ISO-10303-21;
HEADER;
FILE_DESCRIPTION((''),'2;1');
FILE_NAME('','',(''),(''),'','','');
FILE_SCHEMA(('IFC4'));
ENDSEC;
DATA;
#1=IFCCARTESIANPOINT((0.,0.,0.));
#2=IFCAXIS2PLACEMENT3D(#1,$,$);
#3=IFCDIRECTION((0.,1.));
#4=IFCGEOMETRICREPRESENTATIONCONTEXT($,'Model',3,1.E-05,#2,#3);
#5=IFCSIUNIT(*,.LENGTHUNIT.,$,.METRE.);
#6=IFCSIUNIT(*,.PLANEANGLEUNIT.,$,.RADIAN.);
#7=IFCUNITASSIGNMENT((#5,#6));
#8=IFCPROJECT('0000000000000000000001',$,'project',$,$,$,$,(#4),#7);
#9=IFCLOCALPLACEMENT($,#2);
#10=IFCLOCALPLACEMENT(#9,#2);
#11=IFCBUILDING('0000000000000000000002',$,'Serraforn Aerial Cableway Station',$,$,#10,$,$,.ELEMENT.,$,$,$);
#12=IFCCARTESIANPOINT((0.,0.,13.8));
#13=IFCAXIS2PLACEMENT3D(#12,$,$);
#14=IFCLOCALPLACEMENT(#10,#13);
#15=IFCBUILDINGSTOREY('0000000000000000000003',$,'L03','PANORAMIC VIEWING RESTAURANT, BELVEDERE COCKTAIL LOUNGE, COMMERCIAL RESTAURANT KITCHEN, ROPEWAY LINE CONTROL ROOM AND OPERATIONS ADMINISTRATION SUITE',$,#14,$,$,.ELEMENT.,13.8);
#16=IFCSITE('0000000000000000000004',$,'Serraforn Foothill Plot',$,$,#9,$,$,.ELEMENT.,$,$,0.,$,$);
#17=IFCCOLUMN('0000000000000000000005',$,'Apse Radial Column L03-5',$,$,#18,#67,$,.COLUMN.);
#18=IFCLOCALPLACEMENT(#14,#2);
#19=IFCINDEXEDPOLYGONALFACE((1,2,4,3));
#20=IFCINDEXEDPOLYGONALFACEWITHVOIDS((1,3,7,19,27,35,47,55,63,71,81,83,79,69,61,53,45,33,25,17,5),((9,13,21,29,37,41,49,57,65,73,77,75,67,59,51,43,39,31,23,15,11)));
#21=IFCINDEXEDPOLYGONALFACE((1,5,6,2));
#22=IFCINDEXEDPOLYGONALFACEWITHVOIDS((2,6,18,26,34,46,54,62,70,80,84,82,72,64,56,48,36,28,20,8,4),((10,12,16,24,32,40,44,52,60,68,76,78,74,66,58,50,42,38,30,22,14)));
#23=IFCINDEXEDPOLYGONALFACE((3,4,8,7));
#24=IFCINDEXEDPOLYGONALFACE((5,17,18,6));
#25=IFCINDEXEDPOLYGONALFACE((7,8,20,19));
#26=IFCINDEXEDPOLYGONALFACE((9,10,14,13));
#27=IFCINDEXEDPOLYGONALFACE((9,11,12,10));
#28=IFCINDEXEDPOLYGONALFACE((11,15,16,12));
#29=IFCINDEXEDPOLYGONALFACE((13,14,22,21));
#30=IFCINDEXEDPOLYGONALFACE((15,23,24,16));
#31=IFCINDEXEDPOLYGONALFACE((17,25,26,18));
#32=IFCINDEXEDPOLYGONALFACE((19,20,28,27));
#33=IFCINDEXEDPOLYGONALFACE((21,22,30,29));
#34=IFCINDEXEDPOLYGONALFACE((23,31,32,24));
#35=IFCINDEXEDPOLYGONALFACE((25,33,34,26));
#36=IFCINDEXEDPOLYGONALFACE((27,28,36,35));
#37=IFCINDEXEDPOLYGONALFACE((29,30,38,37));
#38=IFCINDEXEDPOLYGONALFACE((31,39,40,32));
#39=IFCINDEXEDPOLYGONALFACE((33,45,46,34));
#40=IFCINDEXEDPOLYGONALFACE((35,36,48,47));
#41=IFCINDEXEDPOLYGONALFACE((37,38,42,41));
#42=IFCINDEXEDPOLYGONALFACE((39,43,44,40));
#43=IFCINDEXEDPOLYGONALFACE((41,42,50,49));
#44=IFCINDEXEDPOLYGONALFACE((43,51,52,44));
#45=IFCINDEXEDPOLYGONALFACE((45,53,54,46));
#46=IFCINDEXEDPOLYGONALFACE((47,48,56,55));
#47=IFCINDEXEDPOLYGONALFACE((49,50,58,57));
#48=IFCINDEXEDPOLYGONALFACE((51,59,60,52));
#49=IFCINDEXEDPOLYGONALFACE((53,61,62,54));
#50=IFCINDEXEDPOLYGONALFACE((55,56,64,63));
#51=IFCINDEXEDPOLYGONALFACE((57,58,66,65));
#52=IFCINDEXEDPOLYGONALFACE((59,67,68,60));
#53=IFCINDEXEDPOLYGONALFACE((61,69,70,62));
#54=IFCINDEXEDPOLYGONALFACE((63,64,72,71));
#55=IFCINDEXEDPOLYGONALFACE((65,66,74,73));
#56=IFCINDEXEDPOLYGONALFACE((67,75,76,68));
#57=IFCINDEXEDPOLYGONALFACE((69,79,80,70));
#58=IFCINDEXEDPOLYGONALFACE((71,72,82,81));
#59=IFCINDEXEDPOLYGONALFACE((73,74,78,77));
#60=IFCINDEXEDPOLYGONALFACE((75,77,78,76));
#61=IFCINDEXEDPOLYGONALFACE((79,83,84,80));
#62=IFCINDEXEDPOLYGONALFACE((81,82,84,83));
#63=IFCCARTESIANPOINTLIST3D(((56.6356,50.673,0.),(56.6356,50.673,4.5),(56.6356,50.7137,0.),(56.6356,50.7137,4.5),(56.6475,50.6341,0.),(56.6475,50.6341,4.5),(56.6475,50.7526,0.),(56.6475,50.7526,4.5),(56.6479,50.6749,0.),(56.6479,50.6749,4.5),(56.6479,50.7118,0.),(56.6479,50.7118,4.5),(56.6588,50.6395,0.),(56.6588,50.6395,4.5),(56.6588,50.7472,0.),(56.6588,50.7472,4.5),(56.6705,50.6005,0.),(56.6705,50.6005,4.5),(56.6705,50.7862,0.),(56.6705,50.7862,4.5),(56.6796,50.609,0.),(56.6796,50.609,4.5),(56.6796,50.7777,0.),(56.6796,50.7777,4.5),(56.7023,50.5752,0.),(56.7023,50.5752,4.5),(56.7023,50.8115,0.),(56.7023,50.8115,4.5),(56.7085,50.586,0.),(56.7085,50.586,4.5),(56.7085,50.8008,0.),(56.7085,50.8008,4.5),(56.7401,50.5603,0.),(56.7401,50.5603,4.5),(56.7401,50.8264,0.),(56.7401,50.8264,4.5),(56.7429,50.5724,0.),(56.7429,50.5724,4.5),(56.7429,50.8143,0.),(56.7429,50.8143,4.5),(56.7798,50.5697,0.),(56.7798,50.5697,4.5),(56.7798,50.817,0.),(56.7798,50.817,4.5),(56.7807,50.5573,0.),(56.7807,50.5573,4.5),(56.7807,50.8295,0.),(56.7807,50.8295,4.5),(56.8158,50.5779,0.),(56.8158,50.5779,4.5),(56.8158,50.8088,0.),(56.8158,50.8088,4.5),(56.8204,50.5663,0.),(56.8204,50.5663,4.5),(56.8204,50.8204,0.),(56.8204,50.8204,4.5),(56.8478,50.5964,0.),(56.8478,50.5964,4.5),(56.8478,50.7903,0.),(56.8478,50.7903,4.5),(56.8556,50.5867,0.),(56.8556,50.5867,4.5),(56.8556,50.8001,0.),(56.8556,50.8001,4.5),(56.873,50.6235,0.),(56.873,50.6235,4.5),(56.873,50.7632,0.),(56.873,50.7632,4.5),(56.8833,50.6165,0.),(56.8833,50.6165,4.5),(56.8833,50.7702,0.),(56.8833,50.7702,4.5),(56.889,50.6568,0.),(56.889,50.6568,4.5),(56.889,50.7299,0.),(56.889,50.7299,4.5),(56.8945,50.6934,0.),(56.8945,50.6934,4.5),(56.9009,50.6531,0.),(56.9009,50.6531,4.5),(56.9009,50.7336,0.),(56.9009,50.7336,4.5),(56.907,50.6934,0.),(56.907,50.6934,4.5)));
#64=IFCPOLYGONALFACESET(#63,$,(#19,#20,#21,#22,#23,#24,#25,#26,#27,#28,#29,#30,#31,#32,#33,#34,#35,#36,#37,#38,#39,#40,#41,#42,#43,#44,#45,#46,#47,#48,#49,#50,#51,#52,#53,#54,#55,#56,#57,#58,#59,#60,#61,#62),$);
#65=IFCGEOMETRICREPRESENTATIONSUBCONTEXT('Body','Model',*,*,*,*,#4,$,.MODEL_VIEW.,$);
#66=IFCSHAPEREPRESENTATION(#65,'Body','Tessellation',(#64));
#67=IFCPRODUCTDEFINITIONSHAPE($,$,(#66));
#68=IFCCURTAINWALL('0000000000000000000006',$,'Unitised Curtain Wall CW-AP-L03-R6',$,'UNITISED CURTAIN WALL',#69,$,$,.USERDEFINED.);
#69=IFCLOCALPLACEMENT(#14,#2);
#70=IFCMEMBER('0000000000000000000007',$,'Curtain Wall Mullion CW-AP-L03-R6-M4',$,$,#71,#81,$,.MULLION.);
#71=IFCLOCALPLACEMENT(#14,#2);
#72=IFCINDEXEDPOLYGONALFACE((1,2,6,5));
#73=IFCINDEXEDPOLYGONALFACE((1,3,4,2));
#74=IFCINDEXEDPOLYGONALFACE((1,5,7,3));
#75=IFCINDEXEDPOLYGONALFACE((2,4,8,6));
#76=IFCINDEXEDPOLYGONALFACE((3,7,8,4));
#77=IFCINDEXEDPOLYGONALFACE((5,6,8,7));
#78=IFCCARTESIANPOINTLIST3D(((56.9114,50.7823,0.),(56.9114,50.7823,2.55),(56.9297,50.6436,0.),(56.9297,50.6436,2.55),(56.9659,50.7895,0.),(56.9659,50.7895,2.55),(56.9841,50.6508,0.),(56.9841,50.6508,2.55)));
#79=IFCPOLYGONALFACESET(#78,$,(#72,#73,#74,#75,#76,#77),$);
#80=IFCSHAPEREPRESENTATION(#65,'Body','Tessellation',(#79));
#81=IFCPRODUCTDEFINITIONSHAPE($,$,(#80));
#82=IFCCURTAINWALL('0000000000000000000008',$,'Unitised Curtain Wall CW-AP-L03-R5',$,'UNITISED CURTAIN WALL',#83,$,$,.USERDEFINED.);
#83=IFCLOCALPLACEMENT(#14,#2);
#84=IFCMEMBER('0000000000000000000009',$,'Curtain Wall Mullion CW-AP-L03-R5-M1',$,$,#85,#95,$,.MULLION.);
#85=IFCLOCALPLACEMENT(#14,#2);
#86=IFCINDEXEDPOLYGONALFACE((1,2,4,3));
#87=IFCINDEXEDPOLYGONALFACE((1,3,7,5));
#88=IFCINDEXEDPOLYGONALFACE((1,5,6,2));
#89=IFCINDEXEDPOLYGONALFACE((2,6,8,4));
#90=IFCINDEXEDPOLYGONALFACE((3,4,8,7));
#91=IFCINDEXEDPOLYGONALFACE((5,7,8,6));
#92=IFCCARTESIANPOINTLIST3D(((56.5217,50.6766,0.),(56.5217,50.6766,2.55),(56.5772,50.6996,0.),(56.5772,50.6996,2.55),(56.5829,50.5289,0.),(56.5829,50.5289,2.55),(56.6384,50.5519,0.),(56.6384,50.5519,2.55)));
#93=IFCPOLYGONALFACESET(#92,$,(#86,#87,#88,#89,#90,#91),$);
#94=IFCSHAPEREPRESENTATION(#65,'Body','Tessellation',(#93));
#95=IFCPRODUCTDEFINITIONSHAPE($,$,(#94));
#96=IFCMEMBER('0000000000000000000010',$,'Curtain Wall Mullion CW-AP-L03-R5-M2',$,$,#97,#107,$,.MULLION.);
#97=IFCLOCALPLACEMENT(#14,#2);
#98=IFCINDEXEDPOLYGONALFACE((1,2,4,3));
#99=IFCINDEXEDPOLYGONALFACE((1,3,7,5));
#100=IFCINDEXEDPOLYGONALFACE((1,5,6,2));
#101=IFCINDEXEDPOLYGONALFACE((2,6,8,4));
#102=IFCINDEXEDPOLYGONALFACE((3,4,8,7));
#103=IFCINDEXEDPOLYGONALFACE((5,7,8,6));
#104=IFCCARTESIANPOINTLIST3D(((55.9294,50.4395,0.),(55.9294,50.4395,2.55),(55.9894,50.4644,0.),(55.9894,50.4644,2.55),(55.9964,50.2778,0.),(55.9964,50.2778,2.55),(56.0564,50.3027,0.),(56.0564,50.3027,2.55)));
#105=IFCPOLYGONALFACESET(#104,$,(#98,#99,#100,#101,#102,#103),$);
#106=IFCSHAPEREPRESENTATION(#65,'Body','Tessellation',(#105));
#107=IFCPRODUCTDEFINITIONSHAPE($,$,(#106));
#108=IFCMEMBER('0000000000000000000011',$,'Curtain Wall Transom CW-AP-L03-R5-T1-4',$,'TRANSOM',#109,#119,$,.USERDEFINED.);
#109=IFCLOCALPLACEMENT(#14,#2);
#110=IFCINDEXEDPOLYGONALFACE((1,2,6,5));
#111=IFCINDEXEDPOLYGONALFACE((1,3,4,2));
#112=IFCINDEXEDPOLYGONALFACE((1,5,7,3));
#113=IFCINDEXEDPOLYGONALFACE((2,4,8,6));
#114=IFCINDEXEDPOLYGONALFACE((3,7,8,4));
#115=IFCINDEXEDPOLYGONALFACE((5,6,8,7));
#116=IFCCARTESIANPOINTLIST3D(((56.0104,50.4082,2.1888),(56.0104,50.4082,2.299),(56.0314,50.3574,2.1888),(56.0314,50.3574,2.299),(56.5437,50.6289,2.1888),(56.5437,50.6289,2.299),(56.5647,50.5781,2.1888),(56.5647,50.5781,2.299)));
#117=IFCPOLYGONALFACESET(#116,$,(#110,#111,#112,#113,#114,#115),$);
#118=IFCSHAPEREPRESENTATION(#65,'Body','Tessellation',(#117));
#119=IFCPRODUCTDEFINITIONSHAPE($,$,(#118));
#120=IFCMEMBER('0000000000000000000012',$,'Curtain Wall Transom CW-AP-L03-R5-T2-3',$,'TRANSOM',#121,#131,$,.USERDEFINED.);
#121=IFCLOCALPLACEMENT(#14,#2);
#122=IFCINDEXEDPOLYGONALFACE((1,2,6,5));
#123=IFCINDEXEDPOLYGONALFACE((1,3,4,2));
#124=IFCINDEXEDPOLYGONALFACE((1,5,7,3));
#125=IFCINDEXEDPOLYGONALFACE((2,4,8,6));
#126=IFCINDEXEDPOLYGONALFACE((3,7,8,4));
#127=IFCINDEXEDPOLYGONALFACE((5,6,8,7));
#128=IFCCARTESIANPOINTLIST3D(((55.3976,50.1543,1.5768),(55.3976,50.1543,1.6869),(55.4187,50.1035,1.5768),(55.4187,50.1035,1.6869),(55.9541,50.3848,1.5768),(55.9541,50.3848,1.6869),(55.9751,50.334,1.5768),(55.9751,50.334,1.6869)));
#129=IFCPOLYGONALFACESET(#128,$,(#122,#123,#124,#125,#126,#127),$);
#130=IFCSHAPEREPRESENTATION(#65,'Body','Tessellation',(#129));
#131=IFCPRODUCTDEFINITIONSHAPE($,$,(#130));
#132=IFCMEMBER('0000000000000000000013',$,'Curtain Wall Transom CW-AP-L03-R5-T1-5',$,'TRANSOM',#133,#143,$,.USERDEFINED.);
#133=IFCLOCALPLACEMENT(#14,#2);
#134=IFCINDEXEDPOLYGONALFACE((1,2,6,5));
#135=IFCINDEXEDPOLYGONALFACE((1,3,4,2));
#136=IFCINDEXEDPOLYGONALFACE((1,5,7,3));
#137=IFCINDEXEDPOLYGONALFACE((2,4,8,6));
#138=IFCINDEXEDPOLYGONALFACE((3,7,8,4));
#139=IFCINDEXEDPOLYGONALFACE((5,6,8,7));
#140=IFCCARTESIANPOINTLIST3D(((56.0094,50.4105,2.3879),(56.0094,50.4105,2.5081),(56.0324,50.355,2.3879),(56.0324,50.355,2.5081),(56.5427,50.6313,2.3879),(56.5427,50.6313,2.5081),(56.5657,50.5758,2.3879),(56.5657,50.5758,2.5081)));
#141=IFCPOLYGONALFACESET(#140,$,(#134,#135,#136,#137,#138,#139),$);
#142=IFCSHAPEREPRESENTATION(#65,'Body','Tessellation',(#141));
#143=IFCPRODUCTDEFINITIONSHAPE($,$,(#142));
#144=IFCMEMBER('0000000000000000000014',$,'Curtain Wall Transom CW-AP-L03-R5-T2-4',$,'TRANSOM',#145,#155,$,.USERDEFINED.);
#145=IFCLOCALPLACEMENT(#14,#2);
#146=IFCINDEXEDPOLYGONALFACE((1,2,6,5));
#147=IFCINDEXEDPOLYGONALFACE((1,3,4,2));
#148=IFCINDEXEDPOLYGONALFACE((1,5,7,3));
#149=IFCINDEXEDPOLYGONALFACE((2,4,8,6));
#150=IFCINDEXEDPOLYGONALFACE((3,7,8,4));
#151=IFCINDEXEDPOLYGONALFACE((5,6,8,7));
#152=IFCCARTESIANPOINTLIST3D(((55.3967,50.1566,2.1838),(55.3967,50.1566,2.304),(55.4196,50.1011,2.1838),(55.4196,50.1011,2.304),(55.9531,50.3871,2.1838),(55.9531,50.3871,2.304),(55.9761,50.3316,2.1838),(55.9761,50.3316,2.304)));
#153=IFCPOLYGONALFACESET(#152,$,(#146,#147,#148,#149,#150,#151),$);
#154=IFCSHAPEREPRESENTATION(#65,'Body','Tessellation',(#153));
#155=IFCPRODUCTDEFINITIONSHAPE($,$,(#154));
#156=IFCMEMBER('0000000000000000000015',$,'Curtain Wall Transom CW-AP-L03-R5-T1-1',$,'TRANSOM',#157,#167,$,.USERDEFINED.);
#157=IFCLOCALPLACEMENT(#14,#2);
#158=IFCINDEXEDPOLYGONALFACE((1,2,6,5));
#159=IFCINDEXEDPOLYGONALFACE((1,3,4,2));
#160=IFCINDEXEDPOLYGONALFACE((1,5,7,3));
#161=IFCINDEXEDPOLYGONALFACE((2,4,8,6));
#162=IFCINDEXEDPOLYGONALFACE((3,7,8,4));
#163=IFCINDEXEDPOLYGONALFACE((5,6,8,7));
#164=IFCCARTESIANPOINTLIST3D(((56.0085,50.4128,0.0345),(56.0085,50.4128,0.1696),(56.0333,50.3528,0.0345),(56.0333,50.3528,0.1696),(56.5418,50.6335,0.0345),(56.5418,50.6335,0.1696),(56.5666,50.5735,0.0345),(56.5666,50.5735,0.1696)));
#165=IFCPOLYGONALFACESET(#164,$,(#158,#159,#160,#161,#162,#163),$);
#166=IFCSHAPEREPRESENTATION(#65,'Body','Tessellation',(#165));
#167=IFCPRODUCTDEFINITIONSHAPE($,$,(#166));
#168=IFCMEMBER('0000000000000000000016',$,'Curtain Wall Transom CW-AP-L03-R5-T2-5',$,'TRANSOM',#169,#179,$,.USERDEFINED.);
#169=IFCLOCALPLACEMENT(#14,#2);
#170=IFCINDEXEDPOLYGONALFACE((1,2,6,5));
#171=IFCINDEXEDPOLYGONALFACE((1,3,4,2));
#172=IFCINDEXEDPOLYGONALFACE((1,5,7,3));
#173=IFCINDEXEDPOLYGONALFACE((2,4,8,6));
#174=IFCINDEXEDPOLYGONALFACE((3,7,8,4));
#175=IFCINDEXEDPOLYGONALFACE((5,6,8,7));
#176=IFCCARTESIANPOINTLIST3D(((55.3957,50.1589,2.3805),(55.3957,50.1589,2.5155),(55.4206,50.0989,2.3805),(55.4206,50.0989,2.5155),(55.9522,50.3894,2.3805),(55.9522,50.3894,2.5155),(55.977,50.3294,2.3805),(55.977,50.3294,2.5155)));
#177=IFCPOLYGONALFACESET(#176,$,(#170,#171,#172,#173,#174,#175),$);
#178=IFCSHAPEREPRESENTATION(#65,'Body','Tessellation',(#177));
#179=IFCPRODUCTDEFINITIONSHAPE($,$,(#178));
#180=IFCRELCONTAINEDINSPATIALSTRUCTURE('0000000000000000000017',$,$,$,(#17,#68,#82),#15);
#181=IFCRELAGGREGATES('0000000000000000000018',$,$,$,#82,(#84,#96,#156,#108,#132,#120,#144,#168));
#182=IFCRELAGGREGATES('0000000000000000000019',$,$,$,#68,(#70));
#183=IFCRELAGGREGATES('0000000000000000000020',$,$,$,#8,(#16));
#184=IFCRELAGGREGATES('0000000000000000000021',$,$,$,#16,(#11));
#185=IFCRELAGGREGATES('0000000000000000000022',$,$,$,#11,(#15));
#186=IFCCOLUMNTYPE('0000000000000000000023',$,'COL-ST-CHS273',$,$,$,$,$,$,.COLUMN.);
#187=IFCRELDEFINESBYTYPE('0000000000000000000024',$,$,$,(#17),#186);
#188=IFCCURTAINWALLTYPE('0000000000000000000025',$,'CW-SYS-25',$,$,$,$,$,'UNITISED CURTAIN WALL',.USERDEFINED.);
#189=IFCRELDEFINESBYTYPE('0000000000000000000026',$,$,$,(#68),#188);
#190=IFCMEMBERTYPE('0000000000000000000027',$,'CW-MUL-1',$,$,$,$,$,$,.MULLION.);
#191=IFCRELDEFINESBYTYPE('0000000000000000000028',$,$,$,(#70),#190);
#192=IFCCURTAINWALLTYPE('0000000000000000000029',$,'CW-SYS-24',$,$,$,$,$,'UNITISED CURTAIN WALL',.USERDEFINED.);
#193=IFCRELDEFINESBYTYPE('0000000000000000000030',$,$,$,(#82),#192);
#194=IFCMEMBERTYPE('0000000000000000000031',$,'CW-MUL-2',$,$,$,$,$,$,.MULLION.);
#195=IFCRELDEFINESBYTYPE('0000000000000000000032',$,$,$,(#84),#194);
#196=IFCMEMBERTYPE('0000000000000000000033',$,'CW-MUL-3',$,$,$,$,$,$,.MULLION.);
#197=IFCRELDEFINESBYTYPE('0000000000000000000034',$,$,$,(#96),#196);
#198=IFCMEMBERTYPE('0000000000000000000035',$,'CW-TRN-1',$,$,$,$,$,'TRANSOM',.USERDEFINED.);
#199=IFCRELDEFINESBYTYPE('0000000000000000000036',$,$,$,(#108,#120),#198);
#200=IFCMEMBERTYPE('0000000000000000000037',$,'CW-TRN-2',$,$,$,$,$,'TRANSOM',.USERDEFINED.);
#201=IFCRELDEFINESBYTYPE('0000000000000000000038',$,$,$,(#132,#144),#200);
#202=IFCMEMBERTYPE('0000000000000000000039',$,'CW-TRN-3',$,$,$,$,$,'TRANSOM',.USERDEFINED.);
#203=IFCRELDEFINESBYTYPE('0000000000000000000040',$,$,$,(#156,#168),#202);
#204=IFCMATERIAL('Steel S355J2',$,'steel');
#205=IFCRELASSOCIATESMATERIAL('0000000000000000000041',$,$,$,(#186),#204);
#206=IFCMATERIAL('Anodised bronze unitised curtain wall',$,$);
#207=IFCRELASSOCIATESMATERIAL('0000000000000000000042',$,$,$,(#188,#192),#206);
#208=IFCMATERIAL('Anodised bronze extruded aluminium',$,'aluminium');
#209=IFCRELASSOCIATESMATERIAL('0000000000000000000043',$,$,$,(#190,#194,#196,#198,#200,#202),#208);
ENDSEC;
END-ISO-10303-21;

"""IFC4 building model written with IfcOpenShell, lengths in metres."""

from ifc_helpers import new_model, si_unit, direction, frame, origin, origin_2d, place, context, subcontext, project, spatial, rectangle, hollow_circle, extrude, material, material_profile, profile_set, type_object, element, aggregate, save


model = new_model("IFC4")

# Units and contexts
model_context = context("Model", 3, precision=1e-05, world=origin(), true_north=direction((0.0, 1.0)))
body_context = subcontext(model_context, "Body", "Model", "MODEL_VIEW")
ifc_project = project(units=[si_unit("LENGTHUNIT", "METRE"), si_unit("PLANEANGLEUNIT", "RADIAN")], contexts=[model_context])

# Site, building, storey
site_placement = place(None, origin())
site = spatial("IfcSite", under=ifc_project, at=site_placement, Name="Serraforn Foothill Plot", CompositionType="ELEMENT", RefElevation=0.0)
building_placement = place(site_placement, origin())
building = spatial("IfcBuilding", under=site, at=building_placement, Name="Serraforn Aerial Cableway Station", CompositionType="ELEMENT")
storey_placement = place(building_placement, frame((0.0, 0.0, 13.8)))
storey = spatial("IfcBuildingStorey", under=building, at=storey_placement, Name="L03", Description="PANORAMIC VIEWING RESTAURANT, BELVEDERE COCKTAIL LOUNGE, COMMERCIAL RESTAURANT KITCHEN, ROPEWAY LINE CONTROL ROOM AND OPERATIONS ADMINISTRATION SUITE", CompositionType="ELEMENT", Elevation=13.8)

# Column
ifc_material_1 = material(Name="Steel S355J2", Category="steel")
ifc_material_profile_1 = material_profile(ifc_material_1, hollow_circle(Radius=0.1365, WallThickness=0.0125, at=origin_2d()), Name="CHS 273.0x12.5")
ifc_profile_set_1 = profile_set([ifc_material_profile_1], Name="Steel S355J2")
column_type = type_object("IfcColumnType", Name="COL-ST-CHS273", PredefinedType="COLUMN", material=ifc_profile_set_1)
column_placement = place(storey_placement, frame((56.7705, 50.6934, 0.0), z_axis=(0.0, 0.0, 1.0), x_axis=(1.0, 0.0, 0.0)))
element("IfcColumn", 1, at=column_placement, inside=storey, type_object=column_type, Name="Apse Radial Column L03-5", PredefinedType="COLUMN", context=body_context, shape_type="SweptSolid", body=[
    extrude(hollow_circle(Radius=0.1365, WallThickness=0.0125, at=origin_2d()), origin(), (0.0, 0.0, 1.0), 4.5),
])

# Curtain wall, member
ifc_material_2 = material(Name="Anodised bronze unitised curtain wall")
curtain_wall_type_1 = type_object("IfcCurtainWallType", Name="CW-SYS-25", ElementType="UNITISED CURTAIN WALL", PredefinedType="USERDEFINED", material=ifc_material_2)
curtain_wall_1_placement = place(storey_placement, origin())
curtain_wall_1 = element("IfcCurtainWall", 2, at=curtain_wall_1_placement, inside=storey, type_object=curtain_wall_type_1, Name="Unitised Curtain Wall CW-AP-L03-R6", ObjectType="UNITISED CURTAIN WALL", PredefinedType="USERDEFINED")
ifc_material_3 = material(Name="Anodised bronze extruded aluminium", Category="aluminium")
ifc_material_profile_2 = material_profile(ifc_material_3, rectangle(XDim=0.0549, YDim=0.1399, at=origin_2d()), Name="CW MULLION 55x140")
ifc_profile_set_2 = profile_set([ifc_material_profile_2], Name="Anodised bronze extruded aluminium")
member_type_1 = type_object("IfcMemberType", Name="CW-MUL-1", PredefinedType="MULLION", material=ifc_profile_set_2)
member_1_placement = place(storey_placement, frame((56.9478, 50.7166, 0.0), z_axis=(0.0, 0.0, 1.0), x_axis=(-0.991439, -0.130573, 0.0)))
member_1 = element("IfcMember", 3, at=member_1_placement, type_object=member_type_1, Name="Curtain Wall Mullion CW-AP-L03-R6-M4", PredefinedType="MULLION", context=body_context, shape_type="SweptSolid", body=[
    extrude(rectangle(XDim=0.0549, YDim=0.1399, at=origin_2d()), origin(), (0.0, 0.0, 1.0), 2.55),
])

# Curtain wall, members
curtain_wall_type_2 = type_object("IfcCurtainWallType", Name="CW-SYS-24", ElementType="UNITISED CURTAIN WALL", PredefinedType="USERDEFINED", material=ifc_material_2)
curtain_wall_2_placement = place(storey_placement, origin())
curtain_wall_2 = element("IfcCurtainWall", 4, at=curtain_wall_2_placement, inside=storey, type_object=curtain_wall_type_2, Name="Unitised Curtain Wall CW-AP-L03-R5", ObjectType="UNITISED CURTAIN WALL", PredefinedType="USERDEFINED")
ifc_material_profile_3 = material_profile(ifc_material_3, rectangle(XDim=0.0601, YDim=0.1599, at=origin_2d()), Name="CW MULLION 60x160")
ifc_profile_set_3 = profile_set([ifc_material_profile_3], Name="Anodised bronze extruded aluminium")
member_type_2 = type_object("IfcMemberType", Name="CW-MUL-2", PredefinedType="MULLION", material=ifc_profile_set_3)
member_2_placement = place(storey_placement, frame((56.5801, 50.6143, 0.0), z_axis=(0.0, 0.0, 1.0), x_axis=(-0.923887, -0.382666, 0.0)))
member_2 = element("IfcMember", 5, at=member_2_placement, type_object=member_type_2, Name="Curtain Wall Mullion CW-AP-L03-R5-M1", PredefinedType="MULLION", context=body_context, shape_type="SweptSolid", body=[
    extrude(rectangle(XDim=0.0601, YDim=0.1599, at=origin_2d()), origin(), (0.0, 0.0, 1.0), 2.55),
])
ifc_material_profile_4 = material_profile(ifc_material_3, rectangle(XDim=0.0649, YDim=0.175, at=origin_2d()), Name="CW MULLION 65x175")
ifc_profile_set_4 = profile_set([ifc_material_profile_4], Name="Anodised bronze extruded aluminium")
member_type_3 = type_object("IfcMemberType", Name="CW-MUL-3", PredefinedType="MULLION", material=ifc_profile_set_4)
member_3_placement = place(storey_placement, frame((55.9929, 50.3711, 0.0), z_axis=(0.0, 0.0, 1.0), x_axis=(-0.923887, -0.382666, 0.0)))
member_3 = element("IfcMember", 6, at=member_3_placement, type_object=member_type_3, Name="Curtain Wall Mullion CW-AP-L03-R5-M2", PredefinedType="MULLION", context=body_context, shape_type="SweptSolid", body=[
    extrude(rectangle(XDim=0.0649, YDim=0.175, at=origin_2d()), origin(), (0.0, 0.0, 1.0), 2.55),
])
ifc_material_profile_5 = material_profile(ifc_material_3, rectangle(XDim=0.0549, YDim=0.1101, at=origin_2d()), Name="CW TRANSOM 55x110")
ifc_profile_set_5 = profile_set([ifc_material_profile_5], Name="Anodised bronze extruded aluminium")
member_type_4 = type_object("IfcMemberType", Name="CW-TRN-1", ElementType="TRANSOM", PredefinedType="USERDEFINED", material=ifc_profile_set_5)
member_4_placement = place(storey_placement, frame((56.5542, 50.6035, 2.2439), z_axis=(-0.923976, -0.382451, 0.0), x_axis=(0.382451, -0.923976, 0.0)))
member_4 = element("IfcMember", 7, at=member_4_placement, type_object=member_type_4, Name="Curtain Wall Transom CW-AP-L03-R5-T1-4", ObjectType="TRANSOM", PredefinedType="USERDEFINED", context=body_context, shape_type="SweptSolid", body=[
    extrude(rectangle(XDim=0.0549, YDim=0.1101, at=origin_2d()), origin(), (0.0, 0.0, 1.0), 0.5771),
])
member_5_placement = place(storey_placement, frame((55.9646, 50.3594, 1.6318), z_axis=(-0.923878, -0.382686, 0.0), x_axis=(0.382686, -0.923878, 0.0)))
member_5 = element("IfcMember", 8, at=member_5_placement, type_object=member_type_4, Name="Curtain Wall Transom CW-AP-L03-R5-T2-3", ObjectType="TRANSOM", PredefinedType="USERDEFINED", context=body_context, shape_type="SweptSolid", body=[
    extrude(rectangle(XDim=0.0549, YDim=0.1101, at=origin_2d()), origin(), (0.0, 0.0, 1.0), 0.6023),
])
ifc_material_profile_6 = material_profile(ifc_material_3, rectangle(XDim=0.0601, YDim=0.1201, at=origin_2d()), Name="CW TRANSOM 60x120")
ifc_profile_set_6 = profile_set([ifc_material_profile_6], Name="Anodised bronze extruded aluminium")
member_type_5 = type_object("IfcMemberType", Name="CW-TRN-2", ElementType="TRANSOM", PredefinedType="USERDEFINED", material=ifc_profile_set_6)
member_6_placement = place(storey_placement, frame((56.5542, 50.6035, 2.448), z_axis=(-0.923976, -0.382451, 0.0), x_axis=(0.382451, -0.923976, 0.0)))
member_6 = element("IfcMember", 9, at=member_6_placement, type_object=member_type_5, Name="Curtain Wall Transom CW-AP-L03-R5-T1-5", ObjectType="TRANSOM", PredefinedType="USERDEFINED", context=body_context, shape_type="SweptSolid", body=[
    extrude(rectangle(XDim=0.0601, YDim=0.1201, at=origin_2d()), origin(), (0.0, 0.0, 1.0), 0.5771),
])
member_7_placement = place(storey_placement, frame((55.9646, 50.3594, 2.2439), z_axis=(-0.923878, -0.382686, 0.0), x_axis=(0.382686, -0.923878, 0.0)))
member_7 = element("IfcMember", 10, at=member_7_placement, type_object=member_type_5, Name="Curtain Wall Transom CW-AP-L03-R5-T2-4", ObjectType="TRANSOM", PredefinedType="USERDEFINED", context=body_context, shape_type="SweptSolid", body=[
    extrude(rectangle(XDim=0.0601, YDim=0.1201, at=origin_2d()), origin(), (0.0, 0.0, 1.0), 0.6023),
])
ifc_material_profile_7 = material_profile(ifc_material_3, rectangle(XDim=0.0649, YDim=0.135, at=origin_2d()), Name="CW TRANSOM 65x135")
ifc_profile_set_7 = profile_set([ifc_material_profile_7], Name="Anodised bronze extruded aluminium")
member_type_6 = type_object("IfcMemberType", Name="CW-TRN-3", ElementType="TRANSOM", PredefinedType="USERDEFINED", material=ifc_profile_set_7)
member_8_placement = place(storey_placement, frame((56.5542, 50.6035, 0.1021), z_axis=(-0.923976, -0.382451, 0.0), x_axis=(0.382451, -0.923976, 0.0)))
member_8 = element("IfcMember", 11, at=member_8_placement, type_object=member_type_6, Name="Curtain Wall Transom CW-AP-L03-R5-T1-1", ObjectType="TRANSOM", PredefinedType="USERDEFINED", context=body_context, shape_type="SweptSolid", body=[
    extrude(rectangle(XDim=0.0649, YDim=0.135, at=origin_2d()), origin(), (0.0, 0.0, 1.0), 0.5771),
])
member_9_placement = place(storey_placement, frame((55.9646, 50.3594, 2.448), z_axis=(-0.923878, -0.382686, 0.0), x_axis=(0.382686, -0.923878, 0.0)))
member_9 = element("IfcMember", 12, at=member_9_placement, type_object=member_type_6, Name="Curtain Wall Transom CW-AP-L03-R5-T2-5", ObjectType="TRANSOM", PredefinedType="USERDEFINED", context=body_context, shape_type="SweptSolid", body=[
    extrude(rectangle(XDim=0.0649, YDim=0.135, at=origin_2d()), origin(), (0.0, 0.0, 1.0), 0.6023),
])
aggregate(curtain_wall_2, [member_2, member_3, member_8, member_4, member_6, member_5, member_7, member_9])

aggregate(curtain_wall_1, [member_1])

save(model, "model.ifc")
